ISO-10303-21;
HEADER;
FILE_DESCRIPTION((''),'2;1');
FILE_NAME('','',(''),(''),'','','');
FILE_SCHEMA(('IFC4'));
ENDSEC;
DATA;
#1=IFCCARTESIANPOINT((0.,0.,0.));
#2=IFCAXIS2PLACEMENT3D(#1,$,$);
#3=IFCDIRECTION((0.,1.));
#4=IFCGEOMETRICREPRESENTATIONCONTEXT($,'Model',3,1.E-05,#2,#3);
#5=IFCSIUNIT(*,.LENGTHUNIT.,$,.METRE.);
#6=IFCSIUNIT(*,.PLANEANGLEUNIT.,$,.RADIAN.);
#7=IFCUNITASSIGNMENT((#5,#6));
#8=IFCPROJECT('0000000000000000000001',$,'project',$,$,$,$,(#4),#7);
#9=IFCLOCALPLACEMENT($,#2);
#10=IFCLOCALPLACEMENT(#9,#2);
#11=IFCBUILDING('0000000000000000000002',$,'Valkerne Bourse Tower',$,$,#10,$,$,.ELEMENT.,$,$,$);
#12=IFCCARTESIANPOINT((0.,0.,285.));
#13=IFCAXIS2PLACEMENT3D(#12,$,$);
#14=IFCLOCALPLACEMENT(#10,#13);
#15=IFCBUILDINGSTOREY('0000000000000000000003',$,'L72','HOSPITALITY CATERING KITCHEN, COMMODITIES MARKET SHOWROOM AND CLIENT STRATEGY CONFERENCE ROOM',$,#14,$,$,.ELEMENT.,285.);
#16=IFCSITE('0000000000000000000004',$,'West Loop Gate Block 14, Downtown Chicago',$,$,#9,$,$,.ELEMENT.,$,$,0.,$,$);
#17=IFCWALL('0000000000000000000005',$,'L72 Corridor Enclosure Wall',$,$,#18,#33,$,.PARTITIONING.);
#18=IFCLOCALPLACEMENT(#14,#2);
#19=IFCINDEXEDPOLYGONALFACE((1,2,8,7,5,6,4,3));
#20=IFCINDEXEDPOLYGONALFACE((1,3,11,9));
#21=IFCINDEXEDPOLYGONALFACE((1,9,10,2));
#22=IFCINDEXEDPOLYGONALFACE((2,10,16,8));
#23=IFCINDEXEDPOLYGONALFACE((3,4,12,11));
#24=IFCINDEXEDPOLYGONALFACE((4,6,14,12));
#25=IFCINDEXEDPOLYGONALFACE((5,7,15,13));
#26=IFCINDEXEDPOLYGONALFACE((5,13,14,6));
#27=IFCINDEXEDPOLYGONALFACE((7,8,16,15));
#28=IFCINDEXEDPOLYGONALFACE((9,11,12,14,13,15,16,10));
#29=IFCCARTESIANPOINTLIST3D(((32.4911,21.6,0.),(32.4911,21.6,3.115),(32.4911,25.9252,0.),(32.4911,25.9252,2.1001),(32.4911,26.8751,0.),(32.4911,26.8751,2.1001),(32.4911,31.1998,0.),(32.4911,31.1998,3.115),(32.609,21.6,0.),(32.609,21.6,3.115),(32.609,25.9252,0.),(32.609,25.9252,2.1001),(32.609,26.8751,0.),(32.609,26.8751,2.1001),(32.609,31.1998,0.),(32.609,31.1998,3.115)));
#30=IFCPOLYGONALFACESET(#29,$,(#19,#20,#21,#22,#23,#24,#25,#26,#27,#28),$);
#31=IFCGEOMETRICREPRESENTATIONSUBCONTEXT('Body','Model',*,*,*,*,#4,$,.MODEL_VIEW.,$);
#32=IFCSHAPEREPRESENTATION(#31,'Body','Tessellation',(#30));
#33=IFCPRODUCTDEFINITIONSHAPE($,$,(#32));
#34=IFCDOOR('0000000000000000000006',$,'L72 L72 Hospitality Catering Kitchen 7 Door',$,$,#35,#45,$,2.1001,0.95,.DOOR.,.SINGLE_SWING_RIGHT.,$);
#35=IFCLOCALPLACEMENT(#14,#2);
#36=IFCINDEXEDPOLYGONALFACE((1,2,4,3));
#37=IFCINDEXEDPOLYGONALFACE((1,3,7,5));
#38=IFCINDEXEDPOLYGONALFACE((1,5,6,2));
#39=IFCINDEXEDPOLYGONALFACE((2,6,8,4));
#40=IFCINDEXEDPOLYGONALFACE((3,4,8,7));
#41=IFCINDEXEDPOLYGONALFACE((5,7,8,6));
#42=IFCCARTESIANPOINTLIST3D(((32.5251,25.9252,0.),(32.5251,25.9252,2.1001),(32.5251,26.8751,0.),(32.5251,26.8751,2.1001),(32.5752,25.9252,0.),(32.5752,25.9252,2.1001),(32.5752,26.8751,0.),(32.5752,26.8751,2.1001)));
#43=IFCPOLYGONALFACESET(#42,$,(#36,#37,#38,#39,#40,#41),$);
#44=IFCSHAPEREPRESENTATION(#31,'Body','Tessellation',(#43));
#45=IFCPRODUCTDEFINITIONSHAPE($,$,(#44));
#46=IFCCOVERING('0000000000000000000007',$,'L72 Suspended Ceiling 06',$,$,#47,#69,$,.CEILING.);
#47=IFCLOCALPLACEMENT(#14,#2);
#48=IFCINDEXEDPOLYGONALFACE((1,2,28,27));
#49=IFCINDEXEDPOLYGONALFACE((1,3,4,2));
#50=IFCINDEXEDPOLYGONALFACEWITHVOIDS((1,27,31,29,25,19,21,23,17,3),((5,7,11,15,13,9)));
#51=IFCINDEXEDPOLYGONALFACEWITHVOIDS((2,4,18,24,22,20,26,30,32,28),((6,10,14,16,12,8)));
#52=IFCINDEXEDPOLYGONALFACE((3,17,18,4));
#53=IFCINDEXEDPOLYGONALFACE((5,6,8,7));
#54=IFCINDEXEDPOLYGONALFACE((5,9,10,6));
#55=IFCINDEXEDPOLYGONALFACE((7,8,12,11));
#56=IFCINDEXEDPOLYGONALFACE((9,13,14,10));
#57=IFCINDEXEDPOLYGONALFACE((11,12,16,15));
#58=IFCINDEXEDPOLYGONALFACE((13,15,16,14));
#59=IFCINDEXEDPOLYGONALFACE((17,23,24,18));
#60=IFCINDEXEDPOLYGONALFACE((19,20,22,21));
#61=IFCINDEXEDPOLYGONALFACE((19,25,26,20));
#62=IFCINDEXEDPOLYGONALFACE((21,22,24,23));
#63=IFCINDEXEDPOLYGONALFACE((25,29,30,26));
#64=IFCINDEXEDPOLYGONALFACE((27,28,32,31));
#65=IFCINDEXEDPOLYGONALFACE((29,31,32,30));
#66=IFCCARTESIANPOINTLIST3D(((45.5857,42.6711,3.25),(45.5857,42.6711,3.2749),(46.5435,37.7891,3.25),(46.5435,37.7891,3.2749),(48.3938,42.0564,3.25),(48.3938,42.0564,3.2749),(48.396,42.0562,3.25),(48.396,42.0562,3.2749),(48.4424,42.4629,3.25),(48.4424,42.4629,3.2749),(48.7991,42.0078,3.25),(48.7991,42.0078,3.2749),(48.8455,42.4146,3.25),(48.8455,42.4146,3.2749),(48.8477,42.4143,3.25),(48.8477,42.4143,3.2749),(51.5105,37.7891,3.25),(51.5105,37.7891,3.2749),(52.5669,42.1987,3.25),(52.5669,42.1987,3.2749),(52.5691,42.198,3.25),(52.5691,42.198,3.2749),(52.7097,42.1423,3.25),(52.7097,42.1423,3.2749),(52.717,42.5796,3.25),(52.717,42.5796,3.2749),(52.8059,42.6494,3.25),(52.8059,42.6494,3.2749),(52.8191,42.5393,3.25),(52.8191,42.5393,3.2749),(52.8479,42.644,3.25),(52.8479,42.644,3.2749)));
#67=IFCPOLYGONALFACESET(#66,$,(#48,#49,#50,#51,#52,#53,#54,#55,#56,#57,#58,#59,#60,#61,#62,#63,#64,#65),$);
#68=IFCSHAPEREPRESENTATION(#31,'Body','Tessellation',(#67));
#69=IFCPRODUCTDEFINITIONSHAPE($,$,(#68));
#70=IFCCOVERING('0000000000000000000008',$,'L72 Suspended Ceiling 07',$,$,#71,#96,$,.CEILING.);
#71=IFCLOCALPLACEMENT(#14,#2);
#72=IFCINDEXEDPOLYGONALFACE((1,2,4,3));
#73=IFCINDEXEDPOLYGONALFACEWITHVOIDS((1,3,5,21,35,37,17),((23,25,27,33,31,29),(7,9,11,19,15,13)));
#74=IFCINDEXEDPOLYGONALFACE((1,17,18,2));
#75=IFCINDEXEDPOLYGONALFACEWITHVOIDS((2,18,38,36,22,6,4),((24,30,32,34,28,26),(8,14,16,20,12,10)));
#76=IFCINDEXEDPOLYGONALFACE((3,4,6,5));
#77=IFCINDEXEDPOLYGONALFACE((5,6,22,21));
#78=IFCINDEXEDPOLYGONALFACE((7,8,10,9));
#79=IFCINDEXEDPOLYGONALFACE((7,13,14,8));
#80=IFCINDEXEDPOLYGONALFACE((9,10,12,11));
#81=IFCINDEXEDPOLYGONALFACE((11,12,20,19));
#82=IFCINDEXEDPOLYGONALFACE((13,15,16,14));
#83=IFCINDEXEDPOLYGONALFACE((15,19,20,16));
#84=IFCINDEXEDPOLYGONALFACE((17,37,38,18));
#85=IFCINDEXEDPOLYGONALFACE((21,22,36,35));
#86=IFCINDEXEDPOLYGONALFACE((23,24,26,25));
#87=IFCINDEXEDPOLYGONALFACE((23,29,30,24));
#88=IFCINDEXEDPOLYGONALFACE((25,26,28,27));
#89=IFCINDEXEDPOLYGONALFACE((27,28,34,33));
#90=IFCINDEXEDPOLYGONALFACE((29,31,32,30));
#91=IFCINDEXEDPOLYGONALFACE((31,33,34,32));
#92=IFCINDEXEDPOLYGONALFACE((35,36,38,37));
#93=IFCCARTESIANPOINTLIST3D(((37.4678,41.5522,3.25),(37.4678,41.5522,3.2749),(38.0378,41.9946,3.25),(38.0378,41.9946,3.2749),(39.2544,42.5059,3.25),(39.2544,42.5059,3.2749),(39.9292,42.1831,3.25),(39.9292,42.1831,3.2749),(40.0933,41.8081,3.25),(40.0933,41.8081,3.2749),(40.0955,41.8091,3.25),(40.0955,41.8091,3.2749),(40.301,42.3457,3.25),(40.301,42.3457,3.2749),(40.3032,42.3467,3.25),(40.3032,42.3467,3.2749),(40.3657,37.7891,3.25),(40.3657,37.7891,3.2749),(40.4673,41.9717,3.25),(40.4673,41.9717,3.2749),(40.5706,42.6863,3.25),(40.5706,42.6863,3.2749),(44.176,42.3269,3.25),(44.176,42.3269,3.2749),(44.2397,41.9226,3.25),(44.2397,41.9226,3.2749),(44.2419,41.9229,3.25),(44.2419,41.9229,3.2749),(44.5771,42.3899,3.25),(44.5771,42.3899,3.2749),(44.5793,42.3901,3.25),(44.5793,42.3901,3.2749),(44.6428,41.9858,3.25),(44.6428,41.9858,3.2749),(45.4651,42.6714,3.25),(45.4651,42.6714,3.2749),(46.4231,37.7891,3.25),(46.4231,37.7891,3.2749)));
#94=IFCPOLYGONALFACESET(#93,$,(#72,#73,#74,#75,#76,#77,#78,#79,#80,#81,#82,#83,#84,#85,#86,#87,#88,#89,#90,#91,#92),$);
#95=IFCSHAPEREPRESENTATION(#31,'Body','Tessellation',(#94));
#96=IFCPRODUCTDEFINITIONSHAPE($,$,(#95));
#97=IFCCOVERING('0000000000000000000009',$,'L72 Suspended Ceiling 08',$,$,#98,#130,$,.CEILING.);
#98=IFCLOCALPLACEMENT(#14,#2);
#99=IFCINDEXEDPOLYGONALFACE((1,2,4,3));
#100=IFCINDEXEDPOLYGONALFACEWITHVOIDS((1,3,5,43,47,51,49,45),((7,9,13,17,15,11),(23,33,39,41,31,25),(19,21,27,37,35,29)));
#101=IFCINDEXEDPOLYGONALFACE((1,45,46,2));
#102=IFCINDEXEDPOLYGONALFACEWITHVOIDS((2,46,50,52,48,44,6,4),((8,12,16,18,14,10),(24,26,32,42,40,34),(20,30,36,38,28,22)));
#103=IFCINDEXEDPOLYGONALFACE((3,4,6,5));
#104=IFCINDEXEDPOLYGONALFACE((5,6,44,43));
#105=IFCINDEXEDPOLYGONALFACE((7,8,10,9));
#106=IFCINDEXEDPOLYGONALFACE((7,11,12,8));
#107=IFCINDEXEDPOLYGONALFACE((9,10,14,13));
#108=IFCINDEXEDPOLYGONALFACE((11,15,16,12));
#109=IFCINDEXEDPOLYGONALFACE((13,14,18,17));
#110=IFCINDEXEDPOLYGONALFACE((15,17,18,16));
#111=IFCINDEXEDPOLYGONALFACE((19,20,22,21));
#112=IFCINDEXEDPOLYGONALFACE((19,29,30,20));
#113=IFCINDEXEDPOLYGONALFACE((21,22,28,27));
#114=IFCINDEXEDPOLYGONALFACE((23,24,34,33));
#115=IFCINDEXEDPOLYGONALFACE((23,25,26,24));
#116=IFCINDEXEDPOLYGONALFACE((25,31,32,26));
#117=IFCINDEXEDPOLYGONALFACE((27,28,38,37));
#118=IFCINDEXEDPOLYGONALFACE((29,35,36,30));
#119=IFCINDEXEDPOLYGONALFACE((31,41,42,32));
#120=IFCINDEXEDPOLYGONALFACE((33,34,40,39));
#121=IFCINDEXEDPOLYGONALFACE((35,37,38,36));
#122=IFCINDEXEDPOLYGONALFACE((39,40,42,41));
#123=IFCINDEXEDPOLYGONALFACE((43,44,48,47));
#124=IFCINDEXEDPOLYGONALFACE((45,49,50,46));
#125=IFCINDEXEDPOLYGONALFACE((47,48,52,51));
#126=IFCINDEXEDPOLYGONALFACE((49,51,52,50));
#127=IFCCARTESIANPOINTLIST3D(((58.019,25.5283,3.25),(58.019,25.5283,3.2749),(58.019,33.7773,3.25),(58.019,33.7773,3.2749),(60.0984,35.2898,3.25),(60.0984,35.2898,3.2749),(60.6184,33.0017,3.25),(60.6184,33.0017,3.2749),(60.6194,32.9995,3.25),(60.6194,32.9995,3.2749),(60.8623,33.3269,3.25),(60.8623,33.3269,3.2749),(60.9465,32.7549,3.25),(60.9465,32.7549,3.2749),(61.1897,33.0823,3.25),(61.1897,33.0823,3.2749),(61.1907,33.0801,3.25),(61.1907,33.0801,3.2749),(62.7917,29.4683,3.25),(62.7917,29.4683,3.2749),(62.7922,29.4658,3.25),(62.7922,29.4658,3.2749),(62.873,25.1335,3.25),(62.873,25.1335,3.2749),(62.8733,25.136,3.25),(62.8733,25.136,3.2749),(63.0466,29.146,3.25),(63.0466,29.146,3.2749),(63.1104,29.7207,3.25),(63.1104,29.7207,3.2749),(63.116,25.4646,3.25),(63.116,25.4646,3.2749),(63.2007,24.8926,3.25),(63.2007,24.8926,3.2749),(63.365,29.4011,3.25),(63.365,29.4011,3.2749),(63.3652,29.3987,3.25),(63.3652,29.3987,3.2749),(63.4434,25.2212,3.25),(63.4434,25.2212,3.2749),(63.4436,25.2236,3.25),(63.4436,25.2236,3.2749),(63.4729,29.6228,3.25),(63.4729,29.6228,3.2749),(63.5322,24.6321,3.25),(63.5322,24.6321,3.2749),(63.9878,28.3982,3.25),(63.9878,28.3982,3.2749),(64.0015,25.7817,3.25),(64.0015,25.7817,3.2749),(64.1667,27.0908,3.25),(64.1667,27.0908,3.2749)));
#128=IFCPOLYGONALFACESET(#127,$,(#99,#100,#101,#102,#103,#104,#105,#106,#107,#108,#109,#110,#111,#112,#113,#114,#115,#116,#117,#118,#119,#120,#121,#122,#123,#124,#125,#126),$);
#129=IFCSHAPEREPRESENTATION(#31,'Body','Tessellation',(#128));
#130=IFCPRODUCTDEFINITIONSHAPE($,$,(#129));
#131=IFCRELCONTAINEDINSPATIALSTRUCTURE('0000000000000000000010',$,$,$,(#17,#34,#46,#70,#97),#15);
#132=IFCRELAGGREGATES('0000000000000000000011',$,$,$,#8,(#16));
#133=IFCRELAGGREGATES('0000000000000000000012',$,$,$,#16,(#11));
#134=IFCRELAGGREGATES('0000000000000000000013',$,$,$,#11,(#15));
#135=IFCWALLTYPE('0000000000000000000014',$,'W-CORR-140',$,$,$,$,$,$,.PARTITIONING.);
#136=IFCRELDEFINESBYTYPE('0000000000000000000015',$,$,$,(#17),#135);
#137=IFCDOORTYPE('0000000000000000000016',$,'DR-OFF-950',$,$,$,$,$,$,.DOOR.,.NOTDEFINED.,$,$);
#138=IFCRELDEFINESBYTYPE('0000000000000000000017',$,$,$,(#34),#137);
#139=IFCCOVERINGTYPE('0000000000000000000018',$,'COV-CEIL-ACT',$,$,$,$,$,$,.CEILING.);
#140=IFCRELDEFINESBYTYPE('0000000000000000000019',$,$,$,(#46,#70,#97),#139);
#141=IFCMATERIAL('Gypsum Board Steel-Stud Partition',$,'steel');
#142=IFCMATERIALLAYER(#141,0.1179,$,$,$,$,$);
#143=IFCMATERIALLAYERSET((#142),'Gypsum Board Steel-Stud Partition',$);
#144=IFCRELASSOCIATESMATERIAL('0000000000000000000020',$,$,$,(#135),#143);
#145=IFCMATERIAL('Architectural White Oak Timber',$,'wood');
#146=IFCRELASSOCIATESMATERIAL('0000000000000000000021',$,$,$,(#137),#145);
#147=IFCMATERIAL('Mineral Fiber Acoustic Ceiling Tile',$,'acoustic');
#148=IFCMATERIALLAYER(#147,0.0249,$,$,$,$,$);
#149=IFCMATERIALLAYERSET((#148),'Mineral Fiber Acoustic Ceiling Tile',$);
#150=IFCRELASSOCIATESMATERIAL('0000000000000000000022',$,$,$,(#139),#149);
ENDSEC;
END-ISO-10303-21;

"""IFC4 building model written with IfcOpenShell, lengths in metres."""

from ifc_helpers import new_model, si_unit, direction, frame, frame_2d, origin, place, context, subcontext, project, spatial, polyline, rectangle, outline, extrude, material, layer, layer_set, type_object, element, fill, save


model = new_model("IFC4")

# Units and contexts
model_context = context("Model", 3, precision=1e-05, world=origin(), true_north=direction((0.0, 1.0)))
body_context = subcontext(model_context, "Body", "Model", "MODEL_VIEW")
ifc_project = project(units=[si_unit("LENGTHUNIT", "METRE"), si_unit("PLANEANGLEUNIT", "RADIAN")], contexts=[model_context])

# Site, building, storey
site_placement = place(None, origin())
site = spatial("IfcSite", under=ifc_project, at=site_placement, Name="West Loop Gate Block 14, Downtown Chicago", CompositionType="ELEMENT", RefElevation=0.0)
building_placement = place(site_placement, origin())
building = spatial("IfcBuilding", under=site, at=building_placement, Name="Valkerne Bourse Tower", CompositionType="ELEMENT")
storey_placement = place(building_placement, frame((0.0, 0.0, 285.0)))
storey = spatial("IfcBuildingStorey", under=building, at=storey_placement, Name="L72", Description="HOSPITALITY CATERING KITCHEN, COMMODITIES MARKET SHOWROOM AND CLIENT STRATEGY CONFERENCE ROOM", CompositionType="ELEMENT", Elevation=285.0)

# Wall, opening, door
ifc_material_1 = material(Name="Gypsum Board Steel-Stud Partition", Category="steel")
ifc_layer_1 = layer(ifc_material_1, 0.1179)
ifc_layer_set_1 = layer_set([ifc_layer_1], Name="Gypsum Board Steel-Stud Partition")
wall_type = type_object("IfcWallType", Name="W-CORR-140", PredefinedType="PARTITIONING", material=ifc_layer_set_1)
wall_placement = place(storey_placement, frame((32.55, 21.6001, 0.0), z_axis=(0.0, 0.0, 1.0), x_axis=(0.0, 1.0, 0.0)))
wall = element("IfcWall", 1, at=wall_placement, inside=storey, type_object=wall_type, Name="L72 Corridor Enclosure Wall", PredefinedType="PARTITIONING", context=body_context, shape_type="SweptSolid", body=[
    extrude(rectangle(XDim=9.5999, YDim=0.1179, at=frame_2d((4.7998, 0.0))), origin(), (0.0, 0.0, 1.0), 3.115),
])
opening_placement = place(wall_placement, frame((4.325, 0.0, 0.0)))
opening = element("IfcOpeningElement", 2, at=opening_placement, cuts=wall, PredefinedType="OPENING", context=body_context, shape_type="SweptSolid", body=[
    extrude(rectangle(XDim=0.95, YDim=2.1001, at=frame_2d((0.4751, 1.05))), frame((0.0, 0.0688, 0.0), z_axis=(0.0, -1.0, 0.0), x_axis=(1.0, 0.0, 0.0)), (0.0, 0.0, 1.0), 0.1379),
])
ifc_material_2 = material(Name="Architectural White Oak Timber", Category="wood")
door_type = type_object("IfcDoorType", Name="DR-OFF-950", OperationType="NOTDEFINED", PredefinedType="DOOR", material=ifc_material_2)
door_placement = place(opening_placement, origin())
door = element("IfcDoor", 3, at=door_placement, inside=storey, type_object=door_type, Name="L72 L72 Hospitality Catering Kitchen 7 Door", OperationType="SINGLE_SWING_RIGHT", OverallHeight=2.1001, OverallWidth=0.95, PredefinedType="DOOR", context=body_context, shape_type="SweptSolid", body=[
    extrude(rectangle(XDim=0.95, YDim=2.1001, at=frame_2d((0.4751, 1.05))), frame((0.0, 0.0249, 0.0), z_axis=(0.0, -1.0, 0.0), x_axis=(1.0, 0.0, 0.0)), (0.0, 0.0, 1.0), 0.05),
])
fill(opening, door)

# Coverings
ifc_material_3 = material(Name="Mineral Fiber Acoustic Ceiling Tile", Category="acoustic")
ifc_layer_2 = layer(ifc_material_3, 0.0249)
ifc_layer_set_2 = layer_set([ifc_layer_2], Name="Mineral Fiber Acoustic Ceiling Tile")
covering_type_1 = type_object("IfcCoveringType", Name="COV-CEIL-ACT", PredefinedType="CEILING", material=ifc_layer_set_2)
covering_1_placement = place(storey_placement, frame((0.0, 0.0, 3.25)))
element("IfcCovering", 4, at=covering_1_placement, inside=storey, type_object=covering_type_1, Name="L72 Suspended Ceiling 06", PredefinedType="CEILING", context=body_context, shape_type="SweptSolid", body=[
    extrude(outline(polyline([(52.8191, 42.5393), (52.717, 42.5796), (52.5669, 42.1987), (52.5691, 42.198), (52.7097, 42.1423), (51.5105, 37.7891), (46.5435, 37.7891), (45.5857, 42.6711), (52.8059, 42.6494), (52.8479, 42.644), (52.8191, 42.5393)]), holes=[polyline([(48.8455, 42.4146), (48.4424, 42.4629), (48.3938, 42.0564), (48.396, 42.0562), (48.7991, 42.0078), (48.8477, 42.4143), (48.8455, 42.4146)])]), origin(), (0.0, 0.0, 1.0), 0.0249),
])
covering_2_placement = place(storey_placement, frame((0.0, 0.0, 3.25)))
element("IfcCovering", 5, at=covering_2_placement, inside=storey, type_object=covering_type_1, Name="L72 Suspended Ceiling 07", PredefinedType="CEILING", context=body_context, shape_type="SweptSolid", body=[
    extrude(outline(polyline([(40.5706, 42.6863), (45.4651, 42.6714), (46.4231, 37.7891), (40.3657, 37.7891), (37.4678, 41.5522), (38.0378, 41.9946), (39.2544, 42.5059), (40.5706, 42.6863)]), holes=[polyline([(40.0955, 41.8091), (40.4673, 41.9717), (40.3032, 42.3467), (40.301, 42.3457), (39.9292, 42.1831), (40.0933, 41.8081), (40.0955, 41.8091)]), polyline([(44.6428, 41.9858), (44.5793, 42.3901), (44.5771, 42.3899), (44.176, 42.3269), (44.2397, 41.9226), (44.2419, 41.9229), (44.6428, 41.9858)])]), origin(), (0.0, 0.0, 1.0), 0.0249),
])
covering_3_placement = place(storey_placement, frame((0.0, 0.0, 3.25)))
element("IfcCovering", 6, at=covering_3_placement, inside=storey, type_object=covering_type_1, Name="L72 Suspended Ceiling 08", PredefinedType="CEILING", context=body_context, shape_type="SweptSolid", body=[
    extrude(outline(polyline([(64.0015, 25.7817), (63.5322, 24.6321), (58.019, 25.5283), (58.019, 33.7773), (60.0984, 35.2898), (63.4729, 29.6228), (63.9878, 28.3982), (64.1667, 27.0908), (64.0015, 25.7817)]), holes=[polyline([(63.4434, 25.2212), (63.4436, 25.2236), (63.116, 25.4646), (62.8733, 25.136), (62.873, 25.1335), (63.2007, 24.8926), (63.4434, 25.2212)]), polyline([(63.365, 29.4011), (63.1104, 29.7207), (62.7917, 29.4683), (62.7922, 29.4658), (63.0466, 29.146), (63.3652, 29.3987), (63.365, 29.4011)]), polyline([(61.1897, 33.0823), (60.8623, 33.3269), (60.6184, 33.0017), (60.6194, 32.9995), (60.9465, 32.7549), (61.1907, 33.0801), (61.1897, 33.0823)])]), origin(), (0.0, 0.0, 1.0), 0.0249),
])

save(model, "model.ifc")
